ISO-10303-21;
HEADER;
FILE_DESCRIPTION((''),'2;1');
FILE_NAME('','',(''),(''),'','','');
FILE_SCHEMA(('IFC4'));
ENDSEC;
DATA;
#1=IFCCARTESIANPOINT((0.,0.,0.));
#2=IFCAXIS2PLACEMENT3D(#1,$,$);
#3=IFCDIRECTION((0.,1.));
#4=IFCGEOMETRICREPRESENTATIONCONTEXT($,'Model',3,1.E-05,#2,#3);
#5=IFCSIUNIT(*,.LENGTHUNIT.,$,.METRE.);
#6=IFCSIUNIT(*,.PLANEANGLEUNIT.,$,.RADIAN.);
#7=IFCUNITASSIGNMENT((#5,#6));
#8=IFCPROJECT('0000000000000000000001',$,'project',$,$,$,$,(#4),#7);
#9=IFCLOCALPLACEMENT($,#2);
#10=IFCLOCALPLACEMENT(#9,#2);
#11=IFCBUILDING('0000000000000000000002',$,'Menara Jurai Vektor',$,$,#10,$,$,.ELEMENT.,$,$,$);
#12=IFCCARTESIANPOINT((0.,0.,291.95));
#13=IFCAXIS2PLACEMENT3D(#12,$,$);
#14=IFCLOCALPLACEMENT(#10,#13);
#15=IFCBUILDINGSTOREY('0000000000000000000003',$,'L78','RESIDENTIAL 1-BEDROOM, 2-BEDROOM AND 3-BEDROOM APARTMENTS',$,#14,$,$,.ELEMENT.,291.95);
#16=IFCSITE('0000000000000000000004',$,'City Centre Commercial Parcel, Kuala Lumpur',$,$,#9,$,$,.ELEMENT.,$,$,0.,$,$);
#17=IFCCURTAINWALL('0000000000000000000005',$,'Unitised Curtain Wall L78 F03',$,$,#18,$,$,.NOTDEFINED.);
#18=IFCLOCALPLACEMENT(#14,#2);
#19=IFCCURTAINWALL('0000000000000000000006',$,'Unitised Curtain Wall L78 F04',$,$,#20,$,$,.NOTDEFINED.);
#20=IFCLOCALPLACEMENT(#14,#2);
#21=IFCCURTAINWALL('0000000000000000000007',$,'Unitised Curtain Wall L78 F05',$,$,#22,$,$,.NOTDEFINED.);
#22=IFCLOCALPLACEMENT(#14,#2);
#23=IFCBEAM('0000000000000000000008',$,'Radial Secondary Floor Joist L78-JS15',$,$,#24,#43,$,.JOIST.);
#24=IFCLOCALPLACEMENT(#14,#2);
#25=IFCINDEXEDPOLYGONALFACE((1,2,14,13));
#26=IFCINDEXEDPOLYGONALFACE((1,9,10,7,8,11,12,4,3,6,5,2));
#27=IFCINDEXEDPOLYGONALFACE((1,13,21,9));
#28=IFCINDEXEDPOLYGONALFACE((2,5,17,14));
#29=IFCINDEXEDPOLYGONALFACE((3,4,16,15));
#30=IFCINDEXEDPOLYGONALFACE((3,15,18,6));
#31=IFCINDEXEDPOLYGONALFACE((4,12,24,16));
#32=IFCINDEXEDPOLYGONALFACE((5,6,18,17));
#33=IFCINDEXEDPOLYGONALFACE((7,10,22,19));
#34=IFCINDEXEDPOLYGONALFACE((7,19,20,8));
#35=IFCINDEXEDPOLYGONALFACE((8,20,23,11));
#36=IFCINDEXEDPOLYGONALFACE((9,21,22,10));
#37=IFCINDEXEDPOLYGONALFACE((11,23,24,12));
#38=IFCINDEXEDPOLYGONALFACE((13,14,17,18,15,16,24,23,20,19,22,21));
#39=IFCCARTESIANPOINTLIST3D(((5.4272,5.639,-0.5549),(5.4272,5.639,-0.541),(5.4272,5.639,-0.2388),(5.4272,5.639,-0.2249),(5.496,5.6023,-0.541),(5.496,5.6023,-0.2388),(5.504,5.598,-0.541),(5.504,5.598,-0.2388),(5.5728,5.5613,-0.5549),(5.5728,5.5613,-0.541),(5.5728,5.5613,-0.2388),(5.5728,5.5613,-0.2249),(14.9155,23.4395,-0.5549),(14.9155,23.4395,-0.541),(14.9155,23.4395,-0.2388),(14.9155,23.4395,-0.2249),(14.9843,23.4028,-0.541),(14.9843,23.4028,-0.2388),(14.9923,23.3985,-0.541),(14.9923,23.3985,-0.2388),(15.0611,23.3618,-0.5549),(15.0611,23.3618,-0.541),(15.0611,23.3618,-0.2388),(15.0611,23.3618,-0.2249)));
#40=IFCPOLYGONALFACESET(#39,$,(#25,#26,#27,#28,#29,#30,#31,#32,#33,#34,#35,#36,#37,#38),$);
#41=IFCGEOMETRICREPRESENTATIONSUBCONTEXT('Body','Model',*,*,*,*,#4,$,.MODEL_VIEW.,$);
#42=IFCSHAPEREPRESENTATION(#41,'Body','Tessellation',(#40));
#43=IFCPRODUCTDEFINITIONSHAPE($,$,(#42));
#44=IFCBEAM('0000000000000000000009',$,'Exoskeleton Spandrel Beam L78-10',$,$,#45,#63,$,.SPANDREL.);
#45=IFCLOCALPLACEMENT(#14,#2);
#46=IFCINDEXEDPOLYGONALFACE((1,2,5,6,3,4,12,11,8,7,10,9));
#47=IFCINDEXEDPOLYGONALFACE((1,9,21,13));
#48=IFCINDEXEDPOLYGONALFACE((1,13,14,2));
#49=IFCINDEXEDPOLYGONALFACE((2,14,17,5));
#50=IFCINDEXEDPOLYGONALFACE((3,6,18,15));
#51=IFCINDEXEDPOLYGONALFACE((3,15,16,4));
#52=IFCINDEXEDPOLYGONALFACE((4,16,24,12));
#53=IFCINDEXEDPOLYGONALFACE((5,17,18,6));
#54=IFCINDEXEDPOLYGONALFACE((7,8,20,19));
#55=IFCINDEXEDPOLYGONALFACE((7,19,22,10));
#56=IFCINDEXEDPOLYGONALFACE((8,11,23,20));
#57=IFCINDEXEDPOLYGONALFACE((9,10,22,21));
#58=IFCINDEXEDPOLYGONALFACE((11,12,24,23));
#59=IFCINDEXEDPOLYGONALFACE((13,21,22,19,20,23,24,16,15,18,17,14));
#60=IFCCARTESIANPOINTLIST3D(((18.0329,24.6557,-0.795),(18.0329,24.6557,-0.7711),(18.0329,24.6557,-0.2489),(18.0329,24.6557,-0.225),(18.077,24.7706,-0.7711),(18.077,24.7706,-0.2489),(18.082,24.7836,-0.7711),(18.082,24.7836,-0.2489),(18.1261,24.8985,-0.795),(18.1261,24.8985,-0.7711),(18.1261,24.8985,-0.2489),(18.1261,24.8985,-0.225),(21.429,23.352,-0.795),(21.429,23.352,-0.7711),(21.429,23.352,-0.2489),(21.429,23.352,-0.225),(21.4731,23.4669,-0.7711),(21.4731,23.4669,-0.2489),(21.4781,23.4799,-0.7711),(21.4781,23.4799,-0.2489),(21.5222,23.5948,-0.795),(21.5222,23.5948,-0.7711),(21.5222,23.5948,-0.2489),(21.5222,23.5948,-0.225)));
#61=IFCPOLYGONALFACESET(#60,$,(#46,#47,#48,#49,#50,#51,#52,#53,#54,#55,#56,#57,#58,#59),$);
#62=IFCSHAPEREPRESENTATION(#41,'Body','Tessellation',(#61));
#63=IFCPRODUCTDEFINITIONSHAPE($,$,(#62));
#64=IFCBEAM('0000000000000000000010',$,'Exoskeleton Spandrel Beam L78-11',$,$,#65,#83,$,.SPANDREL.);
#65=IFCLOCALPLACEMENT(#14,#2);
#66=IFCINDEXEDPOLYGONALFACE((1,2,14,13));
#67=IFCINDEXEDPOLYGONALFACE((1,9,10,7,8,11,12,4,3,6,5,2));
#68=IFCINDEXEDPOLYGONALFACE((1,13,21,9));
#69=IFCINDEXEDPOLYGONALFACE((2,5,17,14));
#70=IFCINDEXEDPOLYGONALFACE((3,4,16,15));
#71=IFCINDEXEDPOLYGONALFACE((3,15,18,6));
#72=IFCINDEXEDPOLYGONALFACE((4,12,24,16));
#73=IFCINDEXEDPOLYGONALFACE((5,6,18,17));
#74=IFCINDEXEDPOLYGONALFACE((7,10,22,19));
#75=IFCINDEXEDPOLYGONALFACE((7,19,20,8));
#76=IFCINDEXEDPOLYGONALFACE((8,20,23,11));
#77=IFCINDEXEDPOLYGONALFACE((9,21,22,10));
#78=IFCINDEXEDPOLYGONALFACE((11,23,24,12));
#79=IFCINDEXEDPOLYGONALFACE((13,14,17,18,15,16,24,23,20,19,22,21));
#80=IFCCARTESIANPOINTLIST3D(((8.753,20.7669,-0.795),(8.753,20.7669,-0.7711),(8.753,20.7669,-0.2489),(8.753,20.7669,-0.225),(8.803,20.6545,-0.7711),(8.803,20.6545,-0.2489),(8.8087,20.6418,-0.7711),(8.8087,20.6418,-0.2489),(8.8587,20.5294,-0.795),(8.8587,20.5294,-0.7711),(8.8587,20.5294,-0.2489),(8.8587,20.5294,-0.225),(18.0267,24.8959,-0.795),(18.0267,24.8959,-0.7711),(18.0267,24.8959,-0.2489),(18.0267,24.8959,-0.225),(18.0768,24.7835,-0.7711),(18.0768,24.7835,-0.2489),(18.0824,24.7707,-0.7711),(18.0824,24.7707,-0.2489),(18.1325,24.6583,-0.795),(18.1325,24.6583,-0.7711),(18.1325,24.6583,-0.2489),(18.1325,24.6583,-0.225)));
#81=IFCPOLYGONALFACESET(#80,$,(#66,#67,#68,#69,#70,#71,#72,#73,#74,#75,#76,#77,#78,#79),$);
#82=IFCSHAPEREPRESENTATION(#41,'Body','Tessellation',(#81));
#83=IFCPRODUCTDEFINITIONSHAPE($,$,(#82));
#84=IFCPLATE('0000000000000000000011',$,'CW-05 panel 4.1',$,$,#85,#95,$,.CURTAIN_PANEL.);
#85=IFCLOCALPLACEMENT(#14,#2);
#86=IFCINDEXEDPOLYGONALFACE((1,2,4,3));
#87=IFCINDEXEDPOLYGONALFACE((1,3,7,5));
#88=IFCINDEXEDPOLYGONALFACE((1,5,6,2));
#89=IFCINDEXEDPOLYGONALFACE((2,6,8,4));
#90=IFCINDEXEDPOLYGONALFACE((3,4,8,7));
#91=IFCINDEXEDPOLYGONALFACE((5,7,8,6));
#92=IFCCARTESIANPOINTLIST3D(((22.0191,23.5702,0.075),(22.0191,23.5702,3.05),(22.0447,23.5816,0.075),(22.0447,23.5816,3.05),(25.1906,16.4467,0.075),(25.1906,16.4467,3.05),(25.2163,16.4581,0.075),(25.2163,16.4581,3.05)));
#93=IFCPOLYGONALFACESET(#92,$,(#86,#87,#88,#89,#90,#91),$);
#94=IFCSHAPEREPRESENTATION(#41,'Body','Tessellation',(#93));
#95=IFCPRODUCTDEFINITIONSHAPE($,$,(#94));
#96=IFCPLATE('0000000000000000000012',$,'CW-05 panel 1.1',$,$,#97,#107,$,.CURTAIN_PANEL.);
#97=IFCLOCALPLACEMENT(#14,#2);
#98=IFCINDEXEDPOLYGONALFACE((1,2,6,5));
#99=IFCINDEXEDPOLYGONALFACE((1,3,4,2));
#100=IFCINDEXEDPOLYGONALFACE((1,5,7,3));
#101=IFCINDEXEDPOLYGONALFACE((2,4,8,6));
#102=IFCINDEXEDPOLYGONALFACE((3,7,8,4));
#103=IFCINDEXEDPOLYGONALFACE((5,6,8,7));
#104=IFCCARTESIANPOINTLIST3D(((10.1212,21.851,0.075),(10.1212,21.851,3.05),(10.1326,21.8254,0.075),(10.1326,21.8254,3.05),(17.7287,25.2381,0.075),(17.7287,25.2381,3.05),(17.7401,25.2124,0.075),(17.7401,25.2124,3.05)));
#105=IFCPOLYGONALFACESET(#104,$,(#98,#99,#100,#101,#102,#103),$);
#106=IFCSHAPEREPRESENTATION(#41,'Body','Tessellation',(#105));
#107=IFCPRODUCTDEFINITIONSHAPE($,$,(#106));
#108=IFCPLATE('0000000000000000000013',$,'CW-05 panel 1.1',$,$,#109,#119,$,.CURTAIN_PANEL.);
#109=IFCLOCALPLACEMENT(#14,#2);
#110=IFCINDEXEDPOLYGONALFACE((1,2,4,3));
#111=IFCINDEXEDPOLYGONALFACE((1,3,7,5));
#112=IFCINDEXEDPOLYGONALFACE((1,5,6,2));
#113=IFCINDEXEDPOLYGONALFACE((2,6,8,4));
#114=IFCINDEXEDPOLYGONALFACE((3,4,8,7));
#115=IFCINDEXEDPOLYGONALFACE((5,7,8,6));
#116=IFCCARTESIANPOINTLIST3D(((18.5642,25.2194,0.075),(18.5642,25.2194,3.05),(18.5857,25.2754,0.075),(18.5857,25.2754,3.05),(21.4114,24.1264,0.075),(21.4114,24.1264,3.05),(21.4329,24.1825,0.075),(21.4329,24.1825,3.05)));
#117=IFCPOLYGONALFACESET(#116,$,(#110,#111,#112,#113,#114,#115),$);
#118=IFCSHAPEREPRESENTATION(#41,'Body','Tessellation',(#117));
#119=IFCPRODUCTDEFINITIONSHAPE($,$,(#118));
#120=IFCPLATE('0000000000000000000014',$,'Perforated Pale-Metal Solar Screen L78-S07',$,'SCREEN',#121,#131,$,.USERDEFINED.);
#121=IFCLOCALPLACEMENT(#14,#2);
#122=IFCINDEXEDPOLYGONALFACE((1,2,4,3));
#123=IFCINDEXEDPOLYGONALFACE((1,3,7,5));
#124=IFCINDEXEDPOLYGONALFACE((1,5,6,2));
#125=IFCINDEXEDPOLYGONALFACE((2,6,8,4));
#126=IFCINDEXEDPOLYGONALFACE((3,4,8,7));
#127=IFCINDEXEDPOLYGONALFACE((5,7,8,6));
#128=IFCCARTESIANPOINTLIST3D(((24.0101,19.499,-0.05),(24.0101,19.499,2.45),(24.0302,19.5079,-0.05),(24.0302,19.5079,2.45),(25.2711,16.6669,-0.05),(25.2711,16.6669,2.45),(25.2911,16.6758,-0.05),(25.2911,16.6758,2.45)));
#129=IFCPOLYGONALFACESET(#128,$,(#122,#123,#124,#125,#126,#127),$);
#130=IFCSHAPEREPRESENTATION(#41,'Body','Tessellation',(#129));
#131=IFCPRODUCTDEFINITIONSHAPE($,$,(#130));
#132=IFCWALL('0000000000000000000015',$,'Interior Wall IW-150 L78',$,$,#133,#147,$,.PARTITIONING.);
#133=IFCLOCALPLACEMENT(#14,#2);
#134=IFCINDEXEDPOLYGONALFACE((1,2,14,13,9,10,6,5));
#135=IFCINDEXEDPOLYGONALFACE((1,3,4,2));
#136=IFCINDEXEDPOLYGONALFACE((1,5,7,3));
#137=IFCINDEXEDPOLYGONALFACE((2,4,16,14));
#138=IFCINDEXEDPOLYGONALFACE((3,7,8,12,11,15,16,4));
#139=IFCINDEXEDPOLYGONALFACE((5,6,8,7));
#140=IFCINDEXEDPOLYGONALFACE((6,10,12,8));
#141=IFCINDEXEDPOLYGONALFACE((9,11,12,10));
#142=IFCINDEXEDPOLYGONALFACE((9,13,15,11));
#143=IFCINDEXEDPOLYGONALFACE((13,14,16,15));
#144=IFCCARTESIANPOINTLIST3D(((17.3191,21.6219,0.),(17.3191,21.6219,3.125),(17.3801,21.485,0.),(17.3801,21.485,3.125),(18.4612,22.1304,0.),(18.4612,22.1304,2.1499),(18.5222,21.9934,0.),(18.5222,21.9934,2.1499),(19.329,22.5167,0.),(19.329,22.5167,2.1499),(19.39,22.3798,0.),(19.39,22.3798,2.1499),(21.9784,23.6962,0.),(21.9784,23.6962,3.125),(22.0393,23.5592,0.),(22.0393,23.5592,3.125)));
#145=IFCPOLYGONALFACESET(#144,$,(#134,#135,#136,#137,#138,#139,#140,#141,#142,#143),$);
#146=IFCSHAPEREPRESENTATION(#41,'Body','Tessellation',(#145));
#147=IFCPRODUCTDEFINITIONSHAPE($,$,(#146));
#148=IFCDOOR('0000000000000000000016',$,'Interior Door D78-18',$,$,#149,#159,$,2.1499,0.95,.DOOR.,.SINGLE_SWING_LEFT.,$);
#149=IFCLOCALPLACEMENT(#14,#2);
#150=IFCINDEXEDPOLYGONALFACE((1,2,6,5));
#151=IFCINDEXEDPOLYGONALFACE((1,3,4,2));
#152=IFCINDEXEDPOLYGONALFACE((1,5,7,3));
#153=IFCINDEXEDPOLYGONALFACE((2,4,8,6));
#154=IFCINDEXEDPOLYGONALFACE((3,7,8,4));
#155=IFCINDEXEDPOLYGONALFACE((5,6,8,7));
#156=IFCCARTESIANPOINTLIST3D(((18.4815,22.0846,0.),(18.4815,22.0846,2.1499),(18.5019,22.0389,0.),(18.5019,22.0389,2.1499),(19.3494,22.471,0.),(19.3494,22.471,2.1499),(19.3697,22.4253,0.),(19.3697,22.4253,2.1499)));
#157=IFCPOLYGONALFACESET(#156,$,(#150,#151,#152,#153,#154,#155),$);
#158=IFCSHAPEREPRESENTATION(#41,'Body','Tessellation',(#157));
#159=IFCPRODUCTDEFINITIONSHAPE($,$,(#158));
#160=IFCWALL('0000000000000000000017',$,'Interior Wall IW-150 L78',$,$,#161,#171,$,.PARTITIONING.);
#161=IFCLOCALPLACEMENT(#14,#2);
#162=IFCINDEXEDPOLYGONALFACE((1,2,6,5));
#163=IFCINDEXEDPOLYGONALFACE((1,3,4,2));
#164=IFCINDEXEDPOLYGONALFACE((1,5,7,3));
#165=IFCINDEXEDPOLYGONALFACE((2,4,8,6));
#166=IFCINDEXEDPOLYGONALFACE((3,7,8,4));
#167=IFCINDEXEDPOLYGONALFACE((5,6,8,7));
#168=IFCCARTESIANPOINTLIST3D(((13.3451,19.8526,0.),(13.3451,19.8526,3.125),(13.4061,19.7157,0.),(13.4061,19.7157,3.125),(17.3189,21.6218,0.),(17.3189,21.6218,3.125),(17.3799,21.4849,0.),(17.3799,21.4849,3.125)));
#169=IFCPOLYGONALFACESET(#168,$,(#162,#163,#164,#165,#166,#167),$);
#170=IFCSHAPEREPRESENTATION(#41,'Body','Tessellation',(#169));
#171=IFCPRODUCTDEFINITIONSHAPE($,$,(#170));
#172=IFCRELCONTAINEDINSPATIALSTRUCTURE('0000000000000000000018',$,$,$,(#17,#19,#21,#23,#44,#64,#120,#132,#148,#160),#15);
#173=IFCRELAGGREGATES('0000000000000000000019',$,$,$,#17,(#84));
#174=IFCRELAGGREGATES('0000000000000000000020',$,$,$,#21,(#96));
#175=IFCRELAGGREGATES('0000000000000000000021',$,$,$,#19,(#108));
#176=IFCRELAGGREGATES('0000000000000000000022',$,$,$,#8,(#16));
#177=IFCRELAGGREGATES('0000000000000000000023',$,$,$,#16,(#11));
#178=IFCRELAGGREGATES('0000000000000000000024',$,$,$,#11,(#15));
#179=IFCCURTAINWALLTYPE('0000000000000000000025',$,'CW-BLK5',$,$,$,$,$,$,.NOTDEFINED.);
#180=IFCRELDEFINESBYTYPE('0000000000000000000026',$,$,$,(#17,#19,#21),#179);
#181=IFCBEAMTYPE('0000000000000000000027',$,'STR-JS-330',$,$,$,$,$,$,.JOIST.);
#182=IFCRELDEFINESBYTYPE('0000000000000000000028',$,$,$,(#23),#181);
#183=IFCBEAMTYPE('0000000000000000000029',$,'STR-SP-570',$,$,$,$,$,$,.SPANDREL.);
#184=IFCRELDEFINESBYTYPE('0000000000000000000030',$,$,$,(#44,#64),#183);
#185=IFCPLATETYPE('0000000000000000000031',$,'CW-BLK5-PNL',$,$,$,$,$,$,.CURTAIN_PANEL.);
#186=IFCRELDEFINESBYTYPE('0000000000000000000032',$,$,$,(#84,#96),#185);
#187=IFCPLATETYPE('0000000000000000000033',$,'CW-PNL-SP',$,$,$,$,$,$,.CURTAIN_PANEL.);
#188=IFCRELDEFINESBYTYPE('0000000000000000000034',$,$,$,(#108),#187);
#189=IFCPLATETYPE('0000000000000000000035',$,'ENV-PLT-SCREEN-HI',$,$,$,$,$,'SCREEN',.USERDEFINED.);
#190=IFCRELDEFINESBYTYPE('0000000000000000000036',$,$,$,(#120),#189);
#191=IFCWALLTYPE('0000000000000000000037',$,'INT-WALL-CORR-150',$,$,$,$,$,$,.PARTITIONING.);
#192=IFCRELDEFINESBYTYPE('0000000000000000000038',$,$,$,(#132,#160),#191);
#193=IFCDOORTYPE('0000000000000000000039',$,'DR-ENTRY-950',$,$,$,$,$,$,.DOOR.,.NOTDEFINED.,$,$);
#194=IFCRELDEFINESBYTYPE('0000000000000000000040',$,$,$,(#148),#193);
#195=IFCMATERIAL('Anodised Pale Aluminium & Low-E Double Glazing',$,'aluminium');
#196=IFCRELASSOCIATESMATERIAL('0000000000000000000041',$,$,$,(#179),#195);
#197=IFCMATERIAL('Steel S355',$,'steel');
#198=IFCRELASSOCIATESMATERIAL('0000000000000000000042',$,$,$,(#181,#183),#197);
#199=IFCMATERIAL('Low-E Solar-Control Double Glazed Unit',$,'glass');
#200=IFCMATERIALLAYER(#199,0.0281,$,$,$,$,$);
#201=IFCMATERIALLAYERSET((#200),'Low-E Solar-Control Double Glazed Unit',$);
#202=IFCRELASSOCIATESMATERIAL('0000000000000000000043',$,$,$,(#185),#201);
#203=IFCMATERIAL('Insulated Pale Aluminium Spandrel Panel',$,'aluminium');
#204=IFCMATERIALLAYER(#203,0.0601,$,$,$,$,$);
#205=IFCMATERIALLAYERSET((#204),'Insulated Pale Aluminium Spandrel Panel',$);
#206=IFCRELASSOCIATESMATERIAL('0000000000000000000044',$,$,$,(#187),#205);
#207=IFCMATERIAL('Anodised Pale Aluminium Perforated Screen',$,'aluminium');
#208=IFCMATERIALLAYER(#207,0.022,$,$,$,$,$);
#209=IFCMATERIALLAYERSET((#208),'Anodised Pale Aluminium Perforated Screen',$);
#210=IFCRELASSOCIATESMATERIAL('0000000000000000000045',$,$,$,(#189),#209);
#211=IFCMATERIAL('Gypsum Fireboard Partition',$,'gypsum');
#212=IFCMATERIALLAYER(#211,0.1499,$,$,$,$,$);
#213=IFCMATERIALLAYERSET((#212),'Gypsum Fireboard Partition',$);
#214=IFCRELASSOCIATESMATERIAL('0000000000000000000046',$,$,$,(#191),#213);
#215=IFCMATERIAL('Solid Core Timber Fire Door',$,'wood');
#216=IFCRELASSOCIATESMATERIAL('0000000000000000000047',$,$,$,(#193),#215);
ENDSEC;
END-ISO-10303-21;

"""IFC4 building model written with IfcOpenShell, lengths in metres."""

from ifc_helpers import new_model, si_unit, direction, frame, frame_2d, origin, origin_2d, place, context, subcontext, project, spatial, rectangle, i_section, extrude, material, layer, layer_set, material_profile, profile_set, type_object, element, fill, aggregate, save


model = new_model("IFC4")

# Units and contexts
model_context = context("Model", 3, precision=1e-05, world=origin(), true_north=direction((0.0, 1.0)))
body_context = subcontext(model_context, "Body", "Model", "MODEL_VIEW")
ifc_project = project(units=[si_unit("LENGTHUNIT", "METRE"), si_unit("PLANEANGLEUNIT", "RADIAN")], contexts=[model_context])

# Site, building, storey
site_placement = place(None, origin())
site = spatial("IfcSite", under=ifc_project, at=site_placement, Name="City Centre Commercial Parcel, Kuala Lumpur", CompositionType="ELEMENT", RefElevation=0.0)
building_placement = place(site_placement, origin())
building = spatial("IfcBuilding", under=site, at=building_placement, Name="Menara Jurai Vektor", CompositionType="ELEMENT")
storey_placement = place(building_placement, frame((0.0, 0.0, 291.95)))
storey = spatial("IfcBuildingStorey", under=building, at=storey_placement, Name="L78", Description="RESIDENTIAL 1-BEDROOM, 2-BEDROOM AND 3-BEDROOM APARTMENTS", CompositionType="ELEMENT", Elevation=291.95)

# Curtain wall
ifc_material_1 = material(Name="Anodised Pale Aluminium & Low-E Double Glazing", Category="aluminium")
curtain_wall_type = type_object("IfcCurtainWallType", Name="CW-BLK5", PredefinedType="NOTDEFINED", material=ifc_material_1)
curtain_wall_1_placement = place(storey_placement, origin())
curtain_wall_1 = element("IfcCurtainWall", 1, at=curtain_wall_1_placement, inside=storey, type_object=curtain_wall_type, Name="Unitised Curtain Wall L78 F03", PredefinedType="NOTDEFINED")

# Curtain wall
curtain_wall_2_placement = place(storey_placement, origin())
curtain_wall_2 = element("IfcCurtainWall", 2, at=curtain_wall_2_placement, inside=storey, type_object=curtain_wall_type, Name="Unitised Curtain Wall L78 F04", PredefinedType="NOTDEFINED")

# Curtain wall
curtain_wall_3_placement = place(storey_placement, origin())
curtain_wall_3 = element("IfcCurtainWall", 3, at=curtain_wall_3_placement, inside=storey, type_object=curtain_wall_type, Name="Unitised Curtain Wall L78 F05", PredefinedType="NOTDEFINED")

# Shared definitions
ifc_material_2 = material(Name="Steel S355", Category="steel")

# Beams
ifc_material_profile_1 = material_profile(ifc_material_2, i_section(OverallWidth=0.165, OverallDepth=0.3301, WebThickness=0.009, FlangeThickness=0.0139, at=origin_2d()), Name="PG 330x165x46")
ifc_profile_set_1 = profile_set([ifc_material_profile_1], Name="Steel S355")
beam_type_1 = type_object("IfcBeamType", Name="STR-JS-330", PredefinedType="JOIST", material=ifc_profile_set_1)
beam_1_placement = place(storey_placement, frame((14.9883, 23.4006, -0.3899), z_axis=(-0.470382, -0.882463, 0.0), x_axis=(0.882463, -0.470382, 0.0)))
element("IfcBeam", 4, at=beam_1_placement, inside=storey, type_object=beam_type_1, Name="Radial Secondary Floor Joist L78-JS15", PredefinedType="JOIST", context=body_context, shape_type="SweptSolid", body=[
    extrude(i_section(OverallWidth=0.165, OverallDepth=0.3301, WebThickness=0.009, FlangeThickness=0.0139, at=origin_2d()), origin(), (0.0, 0.0, 1.0), 20.1714),
])
ifc_material_profile_2 = material_profile(ifc_material_2, i_section(OverallWidth=0.26, OverallDepth=0.5701, WebThickness=0.0139, FlangeThickness=0.0239, at=origin_2d()), Name="PG 570x260x145")
ifc_profile_set_2 = profile_set([ifc_material_profile_2], Name="Steel S355")
beam_type_2 = type_object("IfcBeamType", Name="STR-SP-570", PredefinedType="SPANDREL", material=ifc_profile_set_2)
beam_2_placement = place(storey_placement, frame((21.4756, 23.4734, -0.51), z_axis=(-0.93357, 0.358394, 0.0), x_axis=(-0.358394, -0.93357, 0.0)))
element("IfcBeam", 5, at=beam_2_placement, inside=storey, type_object=beam_type_2, Name="Exoskeleton Spandrel Beam L78-10", PredefinedType="SPANDREL", context=body_context, shape_type="SweptSolid", body=[
    extrude(i_section(OverallWidth=0.26, OverallDepth=0.5701, WebThickness=0.0139, FlangeThickness=0.0239, at=origin_2d()), origin(), (0.0, 0.0, 1.0), 3.6377),
])
beam_3_placement = place(storey_placement, frame((18.0796, 24.7771, -0.51), z_axis=(-0.913546, -0.406736, 0.0), x_axis=(0.406736, -0.913546, 0.0)))
element("IfcBeam", 6, at=beam_3_placement, inside=storey, type_object=beam_type_2, Name="Exoskeleton Spandrel Beam L78-11", PredefinedType="SPANDREL", context=body_context, shape_type="SweptSolid", body=[
    extrude(i_section(OverallWidth=0.26, OverallDepth=0.5701, WebThickness=0.0139, FlangeThickness=0.0239, at=origin_2d()), origin(), (0.0, 0.0, 1.0), 10.1514),
])

# Plates
ifc_material_3 = material(Name="Low-E Solar-Control Double Glazed Unit", Category="glass")
ifc_layer_1 = layer(ifc_material_3, 0.0281)
ifc_layer_set_1 = layer_set([ifc_layer_1], Name="Low-E Solar-Control Double Glazed Unit")
plate_type_1 = type_object("IfcPlateType", Name="CW-BLK5-PNL", PredefinedType="CURTAIN_PANEL", material=ifc_layer_set_1)
plate_1_placement = place(storey_placement, frame((23.6177, 20.0142, 0.075), z_axis=(0.0, 0.0, 1.0), x_axis=(-0.406735, 0.913546, 0.0)))
plate_1 = element("IfcPlate", 7, at=plate_1_placement, type_object=plate_type_1, Name="CW-05 panel 4.1", PredefinedType="CURTAIN_PANEL", context=body_context, shape_type="SweptSolid", body=[
    extrude(rectangle(XDim=7.7976, YDim=0.0281, at=origin_2d()), origin(), (0.0, 0.0, 1.0), 2.9751),
])
aggregate(curtain_wall_1, [plate_1])
plate_2_placement = place(storey_placement, frame((13.9307, 23.5317, 0.075), z_axis=(0.0, 0.0, 1.0), x_axis=(-0.913546, -0.406735, 0.0)))
plate_2 = element("IfcPlate", 8, at=plate_2_placement, type_object=plate_type_1, Name="CW-05 panel 1.1", PredefinedType="CURTAIN_PANEL", context=body_context, shape_type="SweptSolid", body=[
    extrude(rectangle(XDim=8.3274, YDim=0.0281, at=origin_2d()), origin(), (0.0, 0.0, 1.0), 2.9751),
])
aggregate(curtain_wall_3, [plate_2])
ifc_material_4 = material(Name="Insulated Pale Aluminium Spandrel Panel", Category="aluminium")
ifc_layer_2 = layer(ifc_material_4, 0.0601)
ifc_layer_set_2 = layer_set([ifc_layer_2], Name="Insulated Pale Aluminium Spandrel Panel")
plate_type_2 = type_object("IfcPlateType", Name="CW-PNL-SP", PredefinedType="CURTAIN_PANEL", material=ifc_layer_set_2)
plate_3_placement = place(storey_placement, frame((19.9985, 24.7009, 0.075), z_axis=(0.0, 0.0, 1.0), x_axis=(-0.933578, 0.358374, 0.0)))
plate_3 = element("IfcPlate", 9, at=plate_3_placement, type_object=plate_type_2, Name="CW-05 panel 1.1", PredefinedType="CURTAIN_PANEL", context=body_context, shape_type="SweptSolid", body=[
    extrude(rectangle(XDim=3.0498, YDim=0.0601, at=origin_2d()), origin(), (0.0, 0.0, 1.0), 2.9751),
])
aggregate(curtain_wall_2, [plate_3])
ifc_material_5 = material(Name="Anodised Pale Aluminium Perforated Screen", Category="aluminium")
ifc_layer_3 = layer(ifc_material_5, 0.022)
ifc_layer_set_3 = layer_set([ifc_layer_3], Name="Anodised Pale Aluminium Perforated Screen")
plate_type_3 = type_object("IfcPlateType", Name="ENV-PLT-SCREEN-HI", ElementType="SCREEN", PredefinedType="USERDEFINED", material=ifc_layer_set_3)
plate_4_placement = place(storey_placement, frame((24.6506, 18.0874, -0.05), z_axis=(0.0, 0.0, 1.0), x_axis=(-0.406737, 0.913545, 0.0)))
element("IfcPlate", 10, at=plate_4_placement, inside=storey, type_object=plate_type_3, Name="Perforated Pale-Metal Solar Screen L78-S07", ObjectType="SCREEN", PredefinedType="USERDEFINED", context=body_context, shape_type="SweptSolid", body=[
    extrude(rectangle(XDim=3.1001, YDim=0.022, at=origin_2d()), origin(), (0.0, 0.0, 1.0), 2.5),
])

# Wall, opening, door
ifc_material_6 = material(Name="Gypsum Fireboard Partition", Category="gypsum")
ifc_layer_4 = layer(ifc_material_6, 0.1499)
ifc_layer_set_4 = layer_set([ifc_layer_4], Name="Gypsum Fireboard Partition")
wall_type_1 = type_object("IfcWallType", Name="INT-WALL-CORR-150", PredefinedType="PARTITIONING", material=ifc_layer_set_4)
wall_1_placement = place(storey_placement, frame((17.3496, 21.5535, 0.0), z_axis=(0.0, 0.0, 1.0), x_axis=(0.913559, 0.406707, 0.0)))
wall_1 = element("IfcWall", 11, at=wall_1_placement, inside=storey, type_object=wall_type_1, Name="Interior Wall IW-150 L78", PredefinedType="PARTITIONING", context=body_context, shape_type="SweptSolid", body=[
    extrude(rectangle(XDim=5.1001, YDim=0.1499, at=frame_2d((2.55, 0.0))), origin(), (0.0, 0.0, 1.0), 3.125),
])
opening_1_placement = place(wall_1_placement, frame((1.25, 0.0, 0.0)))
opening_1 = element("IfcOpeningElement", 12, at=opening_1_placement, cuts=wall_1, PredefinedType="OPENING", context=body_context, shape_type="SweptSolid", body=[
    extrude(rectangle(XDim=0.95, YDim=2.1499, at=frame_2d((0.4751, 1.075))), frame((0.0, 0.085, 0.0), z_axis=(0.0, -1.0, 0.0), x_axis=(1.0, 0.0, 0.0)), (0.0, 0.0, 1.0), 0.1699),
])
ifc_material_7 = material(Name="Solid Core Timber Fire Door", Category="wood")
door_type_1 = type_object("IfcDoorType", Name="DR-ENTRY-950", OperationType="NOTDEFINED", PredefinedType="DOOR", material=ifc_material_7)
door_1_placement = place(opening_1_placement, origin())
door_1 = element("IfcDoor", 13, at=door_1_placement, inside=storey, type_object=door_type_1, Name="Interior Door D78-18", OperationType="SINGLE_SWING_LEFT", OverallHeight=2.1499, OverallWidth=0.95, PredefinedType="DOOR", context=body_context, shape_type="SweptSolid", body=[
    extrude(rectangle(XDim=0.95, YDim=2.1499, at=frame_2d((0.4751, 1.075))), frame((0.0, 0.0249, 0.0), z_axis=(0.0, -1.0, 0.0), x_axis=(1.0, 0.0, 0.0)), (0.0, 0.0, 1.0), 0.05),
])
fill(opening_1, door_1)

# Wall
wall_2_placement = place(storey_placement, frame((13.3757, 19.7842, 0.0), z_axis=(0.0, 0.0, 1.0), x_axis=(0.913545, 0.406737, 0.0)))
element("IfcWall", 14, at=wall_2_placement, inside=storey, type_object=wall_type_1, Name="Interior Wall IW-150 L78", PredefinedType="PARTITIONING", context=body_context, shape_type="SweptSolid", body=[
    extrude(rectangle(XDim=4.3499, YDim=0.1499, at=frame_2d((2.1748, 0.0))), origin(), (0.0, 0.0, 1.0), 3.125),
])

save(model, "model.ifc")
